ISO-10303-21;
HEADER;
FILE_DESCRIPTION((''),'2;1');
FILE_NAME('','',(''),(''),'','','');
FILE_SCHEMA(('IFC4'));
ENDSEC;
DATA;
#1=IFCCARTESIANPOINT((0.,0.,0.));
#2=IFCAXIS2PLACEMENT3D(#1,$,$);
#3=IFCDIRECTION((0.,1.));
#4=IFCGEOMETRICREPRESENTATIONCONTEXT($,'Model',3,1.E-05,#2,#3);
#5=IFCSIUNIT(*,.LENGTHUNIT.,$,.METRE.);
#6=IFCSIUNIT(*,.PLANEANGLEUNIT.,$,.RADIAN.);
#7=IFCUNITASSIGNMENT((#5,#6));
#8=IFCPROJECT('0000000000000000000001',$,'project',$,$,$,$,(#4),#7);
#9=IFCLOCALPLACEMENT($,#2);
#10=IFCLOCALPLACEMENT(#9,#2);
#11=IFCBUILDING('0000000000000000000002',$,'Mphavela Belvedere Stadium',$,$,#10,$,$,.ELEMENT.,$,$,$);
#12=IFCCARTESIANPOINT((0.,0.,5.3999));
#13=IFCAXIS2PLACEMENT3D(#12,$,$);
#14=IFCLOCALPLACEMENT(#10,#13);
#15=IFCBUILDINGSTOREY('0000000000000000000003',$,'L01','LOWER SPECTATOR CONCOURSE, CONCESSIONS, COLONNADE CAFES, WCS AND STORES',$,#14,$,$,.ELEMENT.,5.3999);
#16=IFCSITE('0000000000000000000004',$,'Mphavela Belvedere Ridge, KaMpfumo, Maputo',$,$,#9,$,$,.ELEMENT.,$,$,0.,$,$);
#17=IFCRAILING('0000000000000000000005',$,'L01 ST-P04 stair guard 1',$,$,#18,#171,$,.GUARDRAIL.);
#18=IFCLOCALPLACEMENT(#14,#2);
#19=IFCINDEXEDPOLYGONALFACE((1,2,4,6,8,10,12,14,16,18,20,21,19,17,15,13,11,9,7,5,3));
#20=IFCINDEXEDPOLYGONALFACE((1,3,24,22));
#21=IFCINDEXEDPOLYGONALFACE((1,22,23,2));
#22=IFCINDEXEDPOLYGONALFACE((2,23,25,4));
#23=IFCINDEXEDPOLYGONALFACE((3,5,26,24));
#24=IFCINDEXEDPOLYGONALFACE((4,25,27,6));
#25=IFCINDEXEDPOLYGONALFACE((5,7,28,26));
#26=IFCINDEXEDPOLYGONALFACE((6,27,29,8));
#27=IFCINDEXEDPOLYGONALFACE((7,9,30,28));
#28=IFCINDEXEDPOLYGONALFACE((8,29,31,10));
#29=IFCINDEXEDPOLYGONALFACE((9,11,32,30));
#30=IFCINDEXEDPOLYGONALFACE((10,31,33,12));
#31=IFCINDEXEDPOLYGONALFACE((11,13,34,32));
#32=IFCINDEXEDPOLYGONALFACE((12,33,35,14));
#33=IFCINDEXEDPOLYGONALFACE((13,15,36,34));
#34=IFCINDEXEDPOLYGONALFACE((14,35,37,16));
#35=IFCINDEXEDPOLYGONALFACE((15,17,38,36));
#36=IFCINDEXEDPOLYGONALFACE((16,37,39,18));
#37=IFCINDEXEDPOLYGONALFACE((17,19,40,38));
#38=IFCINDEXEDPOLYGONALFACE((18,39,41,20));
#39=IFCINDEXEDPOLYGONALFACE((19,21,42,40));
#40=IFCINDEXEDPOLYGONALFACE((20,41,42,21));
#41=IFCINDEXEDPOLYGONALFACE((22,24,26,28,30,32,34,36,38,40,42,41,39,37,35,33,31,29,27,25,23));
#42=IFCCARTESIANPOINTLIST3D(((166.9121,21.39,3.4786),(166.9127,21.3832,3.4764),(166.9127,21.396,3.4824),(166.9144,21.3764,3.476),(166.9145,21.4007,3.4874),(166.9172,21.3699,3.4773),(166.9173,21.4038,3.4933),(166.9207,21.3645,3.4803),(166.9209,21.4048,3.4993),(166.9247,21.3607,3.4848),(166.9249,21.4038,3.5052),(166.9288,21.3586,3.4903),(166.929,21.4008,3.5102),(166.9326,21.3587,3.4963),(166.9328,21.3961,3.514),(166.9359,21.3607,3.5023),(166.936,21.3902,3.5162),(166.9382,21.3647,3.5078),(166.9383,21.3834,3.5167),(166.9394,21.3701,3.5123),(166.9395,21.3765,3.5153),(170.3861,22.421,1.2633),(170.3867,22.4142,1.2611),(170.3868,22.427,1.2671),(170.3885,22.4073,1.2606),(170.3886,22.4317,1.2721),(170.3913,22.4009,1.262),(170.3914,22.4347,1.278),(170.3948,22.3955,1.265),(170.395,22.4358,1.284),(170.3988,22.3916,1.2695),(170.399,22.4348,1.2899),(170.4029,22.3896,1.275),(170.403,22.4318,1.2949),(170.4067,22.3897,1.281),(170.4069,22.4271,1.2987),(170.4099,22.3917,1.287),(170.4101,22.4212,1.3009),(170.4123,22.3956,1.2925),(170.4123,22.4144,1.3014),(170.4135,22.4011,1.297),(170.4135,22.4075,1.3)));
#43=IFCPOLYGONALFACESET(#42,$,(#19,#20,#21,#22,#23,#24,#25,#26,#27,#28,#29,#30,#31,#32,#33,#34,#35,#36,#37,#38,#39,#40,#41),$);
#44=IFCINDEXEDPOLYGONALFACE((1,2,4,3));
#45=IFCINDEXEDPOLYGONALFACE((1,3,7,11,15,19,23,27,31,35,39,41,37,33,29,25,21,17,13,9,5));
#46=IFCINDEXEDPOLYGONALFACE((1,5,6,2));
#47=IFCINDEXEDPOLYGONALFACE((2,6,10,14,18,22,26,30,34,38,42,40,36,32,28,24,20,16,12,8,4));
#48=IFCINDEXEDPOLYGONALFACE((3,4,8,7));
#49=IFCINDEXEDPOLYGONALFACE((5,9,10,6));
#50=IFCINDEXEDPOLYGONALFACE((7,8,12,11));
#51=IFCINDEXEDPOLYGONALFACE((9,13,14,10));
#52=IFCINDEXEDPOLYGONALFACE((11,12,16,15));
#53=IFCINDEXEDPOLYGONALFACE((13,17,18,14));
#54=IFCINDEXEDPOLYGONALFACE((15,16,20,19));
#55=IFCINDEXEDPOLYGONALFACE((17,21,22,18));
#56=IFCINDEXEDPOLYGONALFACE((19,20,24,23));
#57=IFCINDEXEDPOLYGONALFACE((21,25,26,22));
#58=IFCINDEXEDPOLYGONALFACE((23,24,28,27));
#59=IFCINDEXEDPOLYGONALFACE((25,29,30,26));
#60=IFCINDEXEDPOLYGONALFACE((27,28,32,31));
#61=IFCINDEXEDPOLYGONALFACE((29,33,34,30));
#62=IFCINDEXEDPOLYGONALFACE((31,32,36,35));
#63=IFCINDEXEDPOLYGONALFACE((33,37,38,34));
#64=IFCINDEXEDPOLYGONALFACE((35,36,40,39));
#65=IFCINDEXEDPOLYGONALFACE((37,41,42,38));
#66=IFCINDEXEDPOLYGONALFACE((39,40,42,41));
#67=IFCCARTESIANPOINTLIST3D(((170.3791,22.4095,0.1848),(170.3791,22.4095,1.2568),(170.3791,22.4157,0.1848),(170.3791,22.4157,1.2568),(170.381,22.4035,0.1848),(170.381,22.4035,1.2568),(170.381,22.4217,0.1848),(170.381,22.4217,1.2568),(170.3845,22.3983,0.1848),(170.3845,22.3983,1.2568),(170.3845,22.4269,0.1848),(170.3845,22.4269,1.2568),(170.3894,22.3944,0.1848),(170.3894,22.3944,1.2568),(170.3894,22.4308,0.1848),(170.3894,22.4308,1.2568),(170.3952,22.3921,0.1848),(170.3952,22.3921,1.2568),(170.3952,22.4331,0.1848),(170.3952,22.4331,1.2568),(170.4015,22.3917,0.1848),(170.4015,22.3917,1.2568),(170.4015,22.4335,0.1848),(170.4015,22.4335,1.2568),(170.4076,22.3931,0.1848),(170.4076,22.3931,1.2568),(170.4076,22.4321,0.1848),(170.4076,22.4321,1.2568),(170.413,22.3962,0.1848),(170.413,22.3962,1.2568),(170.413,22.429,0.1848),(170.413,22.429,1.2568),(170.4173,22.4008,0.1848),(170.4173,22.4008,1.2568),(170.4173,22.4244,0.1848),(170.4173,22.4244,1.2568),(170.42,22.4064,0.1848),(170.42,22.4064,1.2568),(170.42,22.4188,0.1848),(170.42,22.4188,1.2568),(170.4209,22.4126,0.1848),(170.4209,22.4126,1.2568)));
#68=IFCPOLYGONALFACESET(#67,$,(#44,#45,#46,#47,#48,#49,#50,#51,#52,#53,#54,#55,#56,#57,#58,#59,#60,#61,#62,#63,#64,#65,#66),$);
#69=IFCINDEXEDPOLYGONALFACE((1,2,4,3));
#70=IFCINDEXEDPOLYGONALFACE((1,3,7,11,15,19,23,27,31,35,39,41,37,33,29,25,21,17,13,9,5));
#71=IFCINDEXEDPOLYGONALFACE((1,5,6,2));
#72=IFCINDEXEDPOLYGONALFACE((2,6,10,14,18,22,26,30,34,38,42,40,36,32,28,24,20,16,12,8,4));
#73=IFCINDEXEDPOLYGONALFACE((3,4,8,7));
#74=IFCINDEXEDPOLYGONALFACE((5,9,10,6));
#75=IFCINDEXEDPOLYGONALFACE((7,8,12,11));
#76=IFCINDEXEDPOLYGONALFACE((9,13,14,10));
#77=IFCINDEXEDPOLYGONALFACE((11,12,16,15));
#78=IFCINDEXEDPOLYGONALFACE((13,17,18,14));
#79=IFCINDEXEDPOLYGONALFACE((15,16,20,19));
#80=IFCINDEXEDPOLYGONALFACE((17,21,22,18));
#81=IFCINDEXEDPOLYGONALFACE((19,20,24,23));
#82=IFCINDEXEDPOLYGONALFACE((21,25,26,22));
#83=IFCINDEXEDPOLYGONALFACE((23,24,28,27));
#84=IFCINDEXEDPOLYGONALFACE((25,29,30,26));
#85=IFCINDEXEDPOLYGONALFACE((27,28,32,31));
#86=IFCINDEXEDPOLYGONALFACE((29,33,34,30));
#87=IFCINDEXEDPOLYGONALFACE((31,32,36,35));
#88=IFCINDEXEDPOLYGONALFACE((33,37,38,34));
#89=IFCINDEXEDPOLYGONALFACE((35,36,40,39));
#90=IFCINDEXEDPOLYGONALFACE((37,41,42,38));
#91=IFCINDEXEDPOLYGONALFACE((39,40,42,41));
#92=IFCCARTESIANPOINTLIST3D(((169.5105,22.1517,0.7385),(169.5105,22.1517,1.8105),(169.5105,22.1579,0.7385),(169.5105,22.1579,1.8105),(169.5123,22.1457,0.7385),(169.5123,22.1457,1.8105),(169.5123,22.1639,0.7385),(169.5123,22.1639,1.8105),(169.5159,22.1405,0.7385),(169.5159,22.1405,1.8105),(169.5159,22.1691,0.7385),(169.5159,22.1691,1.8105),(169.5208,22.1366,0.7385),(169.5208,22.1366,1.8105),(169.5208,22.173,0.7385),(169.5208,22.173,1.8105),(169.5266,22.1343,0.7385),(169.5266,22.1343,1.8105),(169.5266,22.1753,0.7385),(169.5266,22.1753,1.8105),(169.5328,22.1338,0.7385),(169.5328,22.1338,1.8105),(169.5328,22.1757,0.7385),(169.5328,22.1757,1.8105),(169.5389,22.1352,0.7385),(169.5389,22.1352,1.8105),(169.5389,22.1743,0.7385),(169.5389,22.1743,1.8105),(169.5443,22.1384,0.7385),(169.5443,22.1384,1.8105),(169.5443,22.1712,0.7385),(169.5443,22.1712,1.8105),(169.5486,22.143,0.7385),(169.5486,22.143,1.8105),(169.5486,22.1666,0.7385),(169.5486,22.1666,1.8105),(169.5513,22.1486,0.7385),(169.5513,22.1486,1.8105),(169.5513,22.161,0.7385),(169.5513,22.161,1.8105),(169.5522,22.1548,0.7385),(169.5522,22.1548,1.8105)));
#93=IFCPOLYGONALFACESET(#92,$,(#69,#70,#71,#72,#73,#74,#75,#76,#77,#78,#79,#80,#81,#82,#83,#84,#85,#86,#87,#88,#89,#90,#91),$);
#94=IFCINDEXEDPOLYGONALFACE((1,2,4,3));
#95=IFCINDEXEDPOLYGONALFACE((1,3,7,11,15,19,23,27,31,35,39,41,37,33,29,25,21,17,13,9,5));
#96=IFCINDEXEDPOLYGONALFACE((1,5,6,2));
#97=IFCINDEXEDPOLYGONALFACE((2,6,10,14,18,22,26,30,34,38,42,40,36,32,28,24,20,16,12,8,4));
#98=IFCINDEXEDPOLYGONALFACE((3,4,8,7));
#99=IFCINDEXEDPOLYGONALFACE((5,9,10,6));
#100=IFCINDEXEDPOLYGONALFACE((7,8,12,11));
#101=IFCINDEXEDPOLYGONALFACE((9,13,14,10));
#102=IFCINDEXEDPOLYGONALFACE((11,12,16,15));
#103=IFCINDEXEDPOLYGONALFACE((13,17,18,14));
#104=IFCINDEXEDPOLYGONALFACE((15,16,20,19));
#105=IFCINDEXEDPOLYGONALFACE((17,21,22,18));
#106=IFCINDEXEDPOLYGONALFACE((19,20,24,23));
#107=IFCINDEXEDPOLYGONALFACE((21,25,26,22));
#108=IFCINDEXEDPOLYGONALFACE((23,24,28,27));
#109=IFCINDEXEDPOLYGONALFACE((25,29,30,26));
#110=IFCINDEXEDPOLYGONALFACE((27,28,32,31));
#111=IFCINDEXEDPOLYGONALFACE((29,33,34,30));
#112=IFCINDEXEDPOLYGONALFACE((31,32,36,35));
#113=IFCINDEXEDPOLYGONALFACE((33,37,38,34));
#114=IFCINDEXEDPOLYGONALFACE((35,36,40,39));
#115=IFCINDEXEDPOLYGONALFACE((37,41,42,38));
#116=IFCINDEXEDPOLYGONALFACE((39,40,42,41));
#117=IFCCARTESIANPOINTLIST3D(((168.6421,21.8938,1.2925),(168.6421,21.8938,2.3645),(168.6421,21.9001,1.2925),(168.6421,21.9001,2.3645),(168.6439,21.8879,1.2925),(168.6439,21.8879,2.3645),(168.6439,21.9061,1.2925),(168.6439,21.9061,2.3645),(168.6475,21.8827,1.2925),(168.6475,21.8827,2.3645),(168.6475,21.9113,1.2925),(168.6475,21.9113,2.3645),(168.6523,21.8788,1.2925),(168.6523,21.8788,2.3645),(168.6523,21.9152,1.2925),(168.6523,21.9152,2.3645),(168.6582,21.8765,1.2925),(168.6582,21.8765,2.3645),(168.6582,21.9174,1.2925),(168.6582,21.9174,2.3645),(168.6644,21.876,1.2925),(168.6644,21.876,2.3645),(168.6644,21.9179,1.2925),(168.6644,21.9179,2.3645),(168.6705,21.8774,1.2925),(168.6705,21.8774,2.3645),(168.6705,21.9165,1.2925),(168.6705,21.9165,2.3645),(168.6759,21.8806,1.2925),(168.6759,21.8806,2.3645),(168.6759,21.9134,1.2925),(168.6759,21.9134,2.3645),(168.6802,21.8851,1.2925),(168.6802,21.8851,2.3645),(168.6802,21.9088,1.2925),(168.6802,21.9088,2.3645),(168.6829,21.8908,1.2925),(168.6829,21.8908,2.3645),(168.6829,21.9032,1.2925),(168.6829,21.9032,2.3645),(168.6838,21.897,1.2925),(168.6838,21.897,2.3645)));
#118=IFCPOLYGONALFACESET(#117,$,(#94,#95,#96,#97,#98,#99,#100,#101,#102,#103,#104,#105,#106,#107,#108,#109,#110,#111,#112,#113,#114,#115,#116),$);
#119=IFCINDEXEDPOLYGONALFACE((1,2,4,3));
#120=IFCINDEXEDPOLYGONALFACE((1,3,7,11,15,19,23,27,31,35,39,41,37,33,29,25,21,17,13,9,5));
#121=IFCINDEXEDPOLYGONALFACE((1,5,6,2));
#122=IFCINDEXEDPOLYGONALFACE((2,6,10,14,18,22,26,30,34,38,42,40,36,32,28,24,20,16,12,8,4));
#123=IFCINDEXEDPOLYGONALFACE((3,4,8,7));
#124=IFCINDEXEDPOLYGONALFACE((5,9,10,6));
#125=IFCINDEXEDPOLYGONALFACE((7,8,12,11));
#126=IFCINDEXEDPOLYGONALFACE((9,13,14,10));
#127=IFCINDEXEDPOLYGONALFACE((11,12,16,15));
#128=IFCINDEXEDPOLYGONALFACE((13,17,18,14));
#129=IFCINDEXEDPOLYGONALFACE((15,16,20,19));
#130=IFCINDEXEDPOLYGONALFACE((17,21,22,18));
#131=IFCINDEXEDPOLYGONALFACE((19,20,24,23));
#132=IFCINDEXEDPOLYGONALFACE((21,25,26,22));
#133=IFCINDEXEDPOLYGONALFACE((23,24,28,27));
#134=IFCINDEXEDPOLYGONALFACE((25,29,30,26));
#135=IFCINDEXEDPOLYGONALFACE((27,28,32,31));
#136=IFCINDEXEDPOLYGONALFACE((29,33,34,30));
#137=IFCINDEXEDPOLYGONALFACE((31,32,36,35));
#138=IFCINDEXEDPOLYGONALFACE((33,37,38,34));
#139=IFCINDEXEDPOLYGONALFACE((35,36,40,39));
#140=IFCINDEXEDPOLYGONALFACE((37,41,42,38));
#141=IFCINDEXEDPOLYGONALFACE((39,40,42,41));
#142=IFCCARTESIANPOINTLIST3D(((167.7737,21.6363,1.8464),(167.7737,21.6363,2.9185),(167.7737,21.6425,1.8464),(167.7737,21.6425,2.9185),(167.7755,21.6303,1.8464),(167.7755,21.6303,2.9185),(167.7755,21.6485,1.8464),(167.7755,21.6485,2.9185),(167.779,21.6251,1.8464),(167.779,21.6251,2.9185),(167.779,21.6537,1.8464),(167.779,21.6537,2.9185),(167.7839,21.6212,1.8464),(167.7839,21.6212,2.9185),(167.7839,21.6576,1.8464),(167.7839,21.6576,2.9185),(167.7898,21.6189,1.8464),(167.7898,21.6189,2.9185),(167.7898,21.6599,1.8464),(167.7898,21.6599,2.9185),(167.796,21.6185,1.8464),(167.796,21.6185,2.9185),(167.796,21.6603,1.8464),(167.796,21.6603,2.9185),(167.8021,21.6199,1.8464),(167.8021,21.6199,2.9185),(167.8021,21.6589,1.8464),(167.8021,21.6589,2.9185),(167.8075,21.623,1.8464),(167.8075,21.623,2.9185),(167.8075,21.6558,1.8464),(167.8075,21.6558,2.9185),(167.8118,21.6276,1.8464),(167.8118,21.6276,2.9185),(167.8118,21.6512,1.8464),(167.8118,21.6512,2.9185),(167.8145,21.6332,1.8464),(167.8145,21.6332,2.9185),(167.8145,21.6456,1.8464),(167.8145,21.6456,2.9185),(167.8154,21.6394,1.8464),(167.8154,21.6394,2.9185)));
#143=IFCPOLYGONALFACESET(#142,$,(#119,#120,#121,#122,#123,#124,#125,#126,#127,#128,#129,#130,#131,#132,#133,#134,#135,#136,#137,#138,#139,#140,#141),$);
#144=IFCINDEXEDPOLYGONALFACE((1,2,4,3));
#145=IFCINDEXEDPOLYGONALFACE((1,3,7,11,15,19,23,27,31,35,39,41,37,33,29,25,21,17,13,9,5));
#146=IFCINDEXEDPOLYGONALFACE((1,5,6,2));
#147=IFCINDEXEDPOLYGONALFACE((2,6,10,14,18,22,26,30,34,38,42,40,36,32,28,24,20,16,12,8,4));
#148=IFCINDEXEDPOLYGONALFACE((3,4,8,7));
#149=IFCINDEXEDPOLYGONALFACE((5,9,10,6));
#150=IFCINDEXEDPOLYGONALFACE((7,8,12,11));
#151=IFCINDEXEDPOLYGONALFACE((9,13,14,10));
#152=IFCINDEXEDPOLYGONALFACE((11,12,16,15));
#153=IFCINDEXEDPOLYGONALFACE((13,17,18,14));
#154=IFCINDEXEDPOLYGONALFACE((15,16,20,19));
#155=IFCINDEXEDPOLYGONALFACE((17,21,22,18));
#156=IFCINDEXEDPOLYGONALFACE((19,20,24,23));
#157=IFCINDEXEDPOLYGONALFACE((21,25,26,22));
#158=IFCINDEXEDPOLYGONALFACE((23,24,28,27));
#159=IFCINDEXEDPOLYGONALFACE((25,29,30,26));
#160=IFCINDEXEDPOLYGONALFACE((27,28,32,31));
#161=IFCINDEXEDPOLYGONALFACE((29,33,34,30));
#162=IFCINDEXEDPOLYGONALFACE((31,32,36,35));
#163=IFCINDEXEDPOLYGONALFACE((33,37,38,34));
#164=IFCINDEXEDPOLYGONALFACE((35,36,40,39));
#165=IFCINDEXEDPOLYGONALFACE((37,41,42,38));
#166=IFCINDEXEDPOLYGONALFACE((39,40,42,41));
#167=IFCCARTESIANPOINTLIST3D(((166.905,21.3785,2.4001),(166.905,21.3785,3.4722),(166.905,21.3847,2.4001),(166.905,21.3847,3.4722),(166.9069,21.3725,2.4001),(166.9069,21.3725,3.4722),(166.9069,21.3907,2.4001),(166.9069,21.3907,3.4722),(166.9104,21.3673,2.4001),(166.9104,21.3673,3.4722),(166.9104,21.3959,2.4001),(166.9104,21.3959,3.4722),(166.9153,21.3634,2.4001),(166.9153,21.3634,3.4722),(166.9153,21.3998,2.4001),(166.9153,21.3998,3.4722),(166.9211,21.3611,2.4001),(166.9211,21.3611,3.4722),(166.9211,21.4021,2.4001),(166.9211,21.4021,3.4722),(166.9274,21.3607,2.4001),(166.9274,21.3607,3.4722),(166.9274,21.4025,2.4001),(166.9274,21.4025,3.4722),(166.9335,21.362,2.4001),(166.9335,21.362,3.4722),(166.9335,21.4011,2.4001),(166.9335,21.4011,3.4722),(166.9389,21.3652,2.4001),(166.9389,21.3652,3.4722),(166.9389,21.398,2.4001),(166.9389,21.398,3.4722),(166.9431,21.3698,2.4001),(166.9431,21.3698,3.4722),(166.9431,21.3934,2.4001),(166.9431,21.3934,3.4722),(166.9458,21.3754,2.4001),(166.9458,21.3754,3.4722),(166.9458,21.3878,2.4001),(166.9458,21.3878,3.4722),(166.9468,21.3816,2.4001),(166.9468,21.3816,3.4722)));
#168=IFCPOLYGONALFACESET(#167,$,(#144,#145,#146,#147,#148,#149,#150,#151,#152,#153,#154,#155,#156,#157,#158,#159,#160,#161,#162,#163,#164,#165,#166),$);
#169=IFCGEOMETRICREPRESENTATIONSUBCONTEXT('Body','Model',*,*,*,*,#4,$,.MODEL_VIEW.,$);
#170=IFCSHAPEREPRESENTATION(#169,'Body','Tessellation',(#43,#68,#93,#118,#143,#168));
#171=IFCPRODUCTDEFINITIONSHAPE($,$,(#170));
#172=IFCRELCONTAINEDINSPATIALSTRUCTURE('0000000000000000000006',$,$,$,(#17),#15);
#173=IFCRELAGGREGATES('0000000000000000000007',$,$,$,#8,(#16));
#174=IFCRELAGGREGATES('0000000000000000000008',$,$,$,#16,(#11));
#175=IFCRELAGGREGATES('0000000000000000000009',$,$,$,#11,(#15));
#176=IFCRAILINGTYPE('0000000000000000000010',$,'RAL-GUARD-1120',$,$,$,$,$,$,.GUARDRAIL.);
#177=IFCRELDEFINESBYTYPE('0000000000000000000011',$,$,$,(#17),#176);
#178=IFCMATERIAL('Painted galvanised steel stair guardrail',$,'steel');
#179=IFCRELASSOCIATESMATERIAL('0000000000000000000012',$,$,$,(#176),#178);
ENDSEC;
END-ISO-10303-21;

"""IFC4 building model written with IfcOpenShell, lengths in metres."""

from ifc_helpers import new_model, si_unit, direction, frame, origin, origin_2d, place, context, subcontext, project, spatial, circle, extrude, material, type_object, element, save


model = new_model("IFC4")

# Units and contexts
model_context = context("Model", 3, precision=1e-05, world=origin(), true_north=direction((0.0, 1.0)))
body_context = subcontext(model_context, "Body", "Model", "MODEL_VIEW")
ifc_project = project(units=[si_unit("LENGTHUNIT", "METRE"), si_unit("PLANEANGLEUNIT", "RADIAN")], contexts=[model_context])

# Site, building, storey
site_placement = place(None, origin())
site = spatial("IfcSite", under=ifc_project, at=site_placement, Name="Mphavela Belvedere Ridge, KaMpfumo, Maputo", CompositionType="ELEMENT", RefElevation=0.0)
building_placement = place(site_placement, origin())
building = spatial("IfcBuilding", under=site, at=building_placement, Name="Mphavela Belvedere Stadium", CompositionType="ELEMENT")
storey_placement = place(building_placement, frame((0.0, 0.0, 5.3999)))
storey = spatial("IfcBuildingStorey", under=building, at=storey_placement, Name="L01", Description="LOWER SPECTATOR CONCOURSE, CONCESSIONS, COLONNADE CAFES, WCS AND STORES", CompositionType="ELEMENT", Elevation=5.3999)

# Railing
ifc_material_1 = material(Name="Painted galvanised steel stair guardrail", Category="steel")
railing_type_1 = type_object("IfcRailingType", Name="RAL-GUARD-1120", PredefinedType="GUARDRAIL", material=ifc_material_1)
railing_1_placement = place(storey_placement, frame((170.3999, 22.4126, 0.1848)))
element("IfcRailing", 1, at=railing_1_placement, inside=storey, type_object=railing_type_1, Name="L01 ST-P04 stair guard 1", PredefinedType="GUARDRAIL", context=body_context, shape_type="SweptSolid", body=[
    extrude(circle(Radius=0.0239, at=origin_2d()), frame((0.0, 0.0, 1.0962), z_axis=(-0.817946, -0.24274, 0.521577), x_axis=(0.284503, -0.958675, 0.0)), (0.0, 0.0, 1.0), 4.2473),
    extrude(circle(Radius=0.021, at=origin_2d()), origin(), (0.0, 0.0, 1.0), 1.072),
    extrude(circle(Radius=0.021, at=origin_2d()), frame((-0.8687, -0.2578, 0.5537)), (0.0, 0.0, 1.0), 1.072),
    extrude(circle(Radius=0.021, at=origin_2d()), frame((-1.7371, -0.5156, 1.1077)), (0.0, 0.0, 1.0), 1.072),
    extrude(circle(Radius=0.021, at=origin_2d()), frame((-2.6055, -0.7732, 1.6616)), (0.0, 0.0, 1.0), 1.072),
    extrude(circle(Radius=0.021, at=origin_2d()), frame((-3.4741, -1.031, 2.2153)), (0.0, 0.0, 1.0), 1.072),
])

save(model, "model.ifc")
